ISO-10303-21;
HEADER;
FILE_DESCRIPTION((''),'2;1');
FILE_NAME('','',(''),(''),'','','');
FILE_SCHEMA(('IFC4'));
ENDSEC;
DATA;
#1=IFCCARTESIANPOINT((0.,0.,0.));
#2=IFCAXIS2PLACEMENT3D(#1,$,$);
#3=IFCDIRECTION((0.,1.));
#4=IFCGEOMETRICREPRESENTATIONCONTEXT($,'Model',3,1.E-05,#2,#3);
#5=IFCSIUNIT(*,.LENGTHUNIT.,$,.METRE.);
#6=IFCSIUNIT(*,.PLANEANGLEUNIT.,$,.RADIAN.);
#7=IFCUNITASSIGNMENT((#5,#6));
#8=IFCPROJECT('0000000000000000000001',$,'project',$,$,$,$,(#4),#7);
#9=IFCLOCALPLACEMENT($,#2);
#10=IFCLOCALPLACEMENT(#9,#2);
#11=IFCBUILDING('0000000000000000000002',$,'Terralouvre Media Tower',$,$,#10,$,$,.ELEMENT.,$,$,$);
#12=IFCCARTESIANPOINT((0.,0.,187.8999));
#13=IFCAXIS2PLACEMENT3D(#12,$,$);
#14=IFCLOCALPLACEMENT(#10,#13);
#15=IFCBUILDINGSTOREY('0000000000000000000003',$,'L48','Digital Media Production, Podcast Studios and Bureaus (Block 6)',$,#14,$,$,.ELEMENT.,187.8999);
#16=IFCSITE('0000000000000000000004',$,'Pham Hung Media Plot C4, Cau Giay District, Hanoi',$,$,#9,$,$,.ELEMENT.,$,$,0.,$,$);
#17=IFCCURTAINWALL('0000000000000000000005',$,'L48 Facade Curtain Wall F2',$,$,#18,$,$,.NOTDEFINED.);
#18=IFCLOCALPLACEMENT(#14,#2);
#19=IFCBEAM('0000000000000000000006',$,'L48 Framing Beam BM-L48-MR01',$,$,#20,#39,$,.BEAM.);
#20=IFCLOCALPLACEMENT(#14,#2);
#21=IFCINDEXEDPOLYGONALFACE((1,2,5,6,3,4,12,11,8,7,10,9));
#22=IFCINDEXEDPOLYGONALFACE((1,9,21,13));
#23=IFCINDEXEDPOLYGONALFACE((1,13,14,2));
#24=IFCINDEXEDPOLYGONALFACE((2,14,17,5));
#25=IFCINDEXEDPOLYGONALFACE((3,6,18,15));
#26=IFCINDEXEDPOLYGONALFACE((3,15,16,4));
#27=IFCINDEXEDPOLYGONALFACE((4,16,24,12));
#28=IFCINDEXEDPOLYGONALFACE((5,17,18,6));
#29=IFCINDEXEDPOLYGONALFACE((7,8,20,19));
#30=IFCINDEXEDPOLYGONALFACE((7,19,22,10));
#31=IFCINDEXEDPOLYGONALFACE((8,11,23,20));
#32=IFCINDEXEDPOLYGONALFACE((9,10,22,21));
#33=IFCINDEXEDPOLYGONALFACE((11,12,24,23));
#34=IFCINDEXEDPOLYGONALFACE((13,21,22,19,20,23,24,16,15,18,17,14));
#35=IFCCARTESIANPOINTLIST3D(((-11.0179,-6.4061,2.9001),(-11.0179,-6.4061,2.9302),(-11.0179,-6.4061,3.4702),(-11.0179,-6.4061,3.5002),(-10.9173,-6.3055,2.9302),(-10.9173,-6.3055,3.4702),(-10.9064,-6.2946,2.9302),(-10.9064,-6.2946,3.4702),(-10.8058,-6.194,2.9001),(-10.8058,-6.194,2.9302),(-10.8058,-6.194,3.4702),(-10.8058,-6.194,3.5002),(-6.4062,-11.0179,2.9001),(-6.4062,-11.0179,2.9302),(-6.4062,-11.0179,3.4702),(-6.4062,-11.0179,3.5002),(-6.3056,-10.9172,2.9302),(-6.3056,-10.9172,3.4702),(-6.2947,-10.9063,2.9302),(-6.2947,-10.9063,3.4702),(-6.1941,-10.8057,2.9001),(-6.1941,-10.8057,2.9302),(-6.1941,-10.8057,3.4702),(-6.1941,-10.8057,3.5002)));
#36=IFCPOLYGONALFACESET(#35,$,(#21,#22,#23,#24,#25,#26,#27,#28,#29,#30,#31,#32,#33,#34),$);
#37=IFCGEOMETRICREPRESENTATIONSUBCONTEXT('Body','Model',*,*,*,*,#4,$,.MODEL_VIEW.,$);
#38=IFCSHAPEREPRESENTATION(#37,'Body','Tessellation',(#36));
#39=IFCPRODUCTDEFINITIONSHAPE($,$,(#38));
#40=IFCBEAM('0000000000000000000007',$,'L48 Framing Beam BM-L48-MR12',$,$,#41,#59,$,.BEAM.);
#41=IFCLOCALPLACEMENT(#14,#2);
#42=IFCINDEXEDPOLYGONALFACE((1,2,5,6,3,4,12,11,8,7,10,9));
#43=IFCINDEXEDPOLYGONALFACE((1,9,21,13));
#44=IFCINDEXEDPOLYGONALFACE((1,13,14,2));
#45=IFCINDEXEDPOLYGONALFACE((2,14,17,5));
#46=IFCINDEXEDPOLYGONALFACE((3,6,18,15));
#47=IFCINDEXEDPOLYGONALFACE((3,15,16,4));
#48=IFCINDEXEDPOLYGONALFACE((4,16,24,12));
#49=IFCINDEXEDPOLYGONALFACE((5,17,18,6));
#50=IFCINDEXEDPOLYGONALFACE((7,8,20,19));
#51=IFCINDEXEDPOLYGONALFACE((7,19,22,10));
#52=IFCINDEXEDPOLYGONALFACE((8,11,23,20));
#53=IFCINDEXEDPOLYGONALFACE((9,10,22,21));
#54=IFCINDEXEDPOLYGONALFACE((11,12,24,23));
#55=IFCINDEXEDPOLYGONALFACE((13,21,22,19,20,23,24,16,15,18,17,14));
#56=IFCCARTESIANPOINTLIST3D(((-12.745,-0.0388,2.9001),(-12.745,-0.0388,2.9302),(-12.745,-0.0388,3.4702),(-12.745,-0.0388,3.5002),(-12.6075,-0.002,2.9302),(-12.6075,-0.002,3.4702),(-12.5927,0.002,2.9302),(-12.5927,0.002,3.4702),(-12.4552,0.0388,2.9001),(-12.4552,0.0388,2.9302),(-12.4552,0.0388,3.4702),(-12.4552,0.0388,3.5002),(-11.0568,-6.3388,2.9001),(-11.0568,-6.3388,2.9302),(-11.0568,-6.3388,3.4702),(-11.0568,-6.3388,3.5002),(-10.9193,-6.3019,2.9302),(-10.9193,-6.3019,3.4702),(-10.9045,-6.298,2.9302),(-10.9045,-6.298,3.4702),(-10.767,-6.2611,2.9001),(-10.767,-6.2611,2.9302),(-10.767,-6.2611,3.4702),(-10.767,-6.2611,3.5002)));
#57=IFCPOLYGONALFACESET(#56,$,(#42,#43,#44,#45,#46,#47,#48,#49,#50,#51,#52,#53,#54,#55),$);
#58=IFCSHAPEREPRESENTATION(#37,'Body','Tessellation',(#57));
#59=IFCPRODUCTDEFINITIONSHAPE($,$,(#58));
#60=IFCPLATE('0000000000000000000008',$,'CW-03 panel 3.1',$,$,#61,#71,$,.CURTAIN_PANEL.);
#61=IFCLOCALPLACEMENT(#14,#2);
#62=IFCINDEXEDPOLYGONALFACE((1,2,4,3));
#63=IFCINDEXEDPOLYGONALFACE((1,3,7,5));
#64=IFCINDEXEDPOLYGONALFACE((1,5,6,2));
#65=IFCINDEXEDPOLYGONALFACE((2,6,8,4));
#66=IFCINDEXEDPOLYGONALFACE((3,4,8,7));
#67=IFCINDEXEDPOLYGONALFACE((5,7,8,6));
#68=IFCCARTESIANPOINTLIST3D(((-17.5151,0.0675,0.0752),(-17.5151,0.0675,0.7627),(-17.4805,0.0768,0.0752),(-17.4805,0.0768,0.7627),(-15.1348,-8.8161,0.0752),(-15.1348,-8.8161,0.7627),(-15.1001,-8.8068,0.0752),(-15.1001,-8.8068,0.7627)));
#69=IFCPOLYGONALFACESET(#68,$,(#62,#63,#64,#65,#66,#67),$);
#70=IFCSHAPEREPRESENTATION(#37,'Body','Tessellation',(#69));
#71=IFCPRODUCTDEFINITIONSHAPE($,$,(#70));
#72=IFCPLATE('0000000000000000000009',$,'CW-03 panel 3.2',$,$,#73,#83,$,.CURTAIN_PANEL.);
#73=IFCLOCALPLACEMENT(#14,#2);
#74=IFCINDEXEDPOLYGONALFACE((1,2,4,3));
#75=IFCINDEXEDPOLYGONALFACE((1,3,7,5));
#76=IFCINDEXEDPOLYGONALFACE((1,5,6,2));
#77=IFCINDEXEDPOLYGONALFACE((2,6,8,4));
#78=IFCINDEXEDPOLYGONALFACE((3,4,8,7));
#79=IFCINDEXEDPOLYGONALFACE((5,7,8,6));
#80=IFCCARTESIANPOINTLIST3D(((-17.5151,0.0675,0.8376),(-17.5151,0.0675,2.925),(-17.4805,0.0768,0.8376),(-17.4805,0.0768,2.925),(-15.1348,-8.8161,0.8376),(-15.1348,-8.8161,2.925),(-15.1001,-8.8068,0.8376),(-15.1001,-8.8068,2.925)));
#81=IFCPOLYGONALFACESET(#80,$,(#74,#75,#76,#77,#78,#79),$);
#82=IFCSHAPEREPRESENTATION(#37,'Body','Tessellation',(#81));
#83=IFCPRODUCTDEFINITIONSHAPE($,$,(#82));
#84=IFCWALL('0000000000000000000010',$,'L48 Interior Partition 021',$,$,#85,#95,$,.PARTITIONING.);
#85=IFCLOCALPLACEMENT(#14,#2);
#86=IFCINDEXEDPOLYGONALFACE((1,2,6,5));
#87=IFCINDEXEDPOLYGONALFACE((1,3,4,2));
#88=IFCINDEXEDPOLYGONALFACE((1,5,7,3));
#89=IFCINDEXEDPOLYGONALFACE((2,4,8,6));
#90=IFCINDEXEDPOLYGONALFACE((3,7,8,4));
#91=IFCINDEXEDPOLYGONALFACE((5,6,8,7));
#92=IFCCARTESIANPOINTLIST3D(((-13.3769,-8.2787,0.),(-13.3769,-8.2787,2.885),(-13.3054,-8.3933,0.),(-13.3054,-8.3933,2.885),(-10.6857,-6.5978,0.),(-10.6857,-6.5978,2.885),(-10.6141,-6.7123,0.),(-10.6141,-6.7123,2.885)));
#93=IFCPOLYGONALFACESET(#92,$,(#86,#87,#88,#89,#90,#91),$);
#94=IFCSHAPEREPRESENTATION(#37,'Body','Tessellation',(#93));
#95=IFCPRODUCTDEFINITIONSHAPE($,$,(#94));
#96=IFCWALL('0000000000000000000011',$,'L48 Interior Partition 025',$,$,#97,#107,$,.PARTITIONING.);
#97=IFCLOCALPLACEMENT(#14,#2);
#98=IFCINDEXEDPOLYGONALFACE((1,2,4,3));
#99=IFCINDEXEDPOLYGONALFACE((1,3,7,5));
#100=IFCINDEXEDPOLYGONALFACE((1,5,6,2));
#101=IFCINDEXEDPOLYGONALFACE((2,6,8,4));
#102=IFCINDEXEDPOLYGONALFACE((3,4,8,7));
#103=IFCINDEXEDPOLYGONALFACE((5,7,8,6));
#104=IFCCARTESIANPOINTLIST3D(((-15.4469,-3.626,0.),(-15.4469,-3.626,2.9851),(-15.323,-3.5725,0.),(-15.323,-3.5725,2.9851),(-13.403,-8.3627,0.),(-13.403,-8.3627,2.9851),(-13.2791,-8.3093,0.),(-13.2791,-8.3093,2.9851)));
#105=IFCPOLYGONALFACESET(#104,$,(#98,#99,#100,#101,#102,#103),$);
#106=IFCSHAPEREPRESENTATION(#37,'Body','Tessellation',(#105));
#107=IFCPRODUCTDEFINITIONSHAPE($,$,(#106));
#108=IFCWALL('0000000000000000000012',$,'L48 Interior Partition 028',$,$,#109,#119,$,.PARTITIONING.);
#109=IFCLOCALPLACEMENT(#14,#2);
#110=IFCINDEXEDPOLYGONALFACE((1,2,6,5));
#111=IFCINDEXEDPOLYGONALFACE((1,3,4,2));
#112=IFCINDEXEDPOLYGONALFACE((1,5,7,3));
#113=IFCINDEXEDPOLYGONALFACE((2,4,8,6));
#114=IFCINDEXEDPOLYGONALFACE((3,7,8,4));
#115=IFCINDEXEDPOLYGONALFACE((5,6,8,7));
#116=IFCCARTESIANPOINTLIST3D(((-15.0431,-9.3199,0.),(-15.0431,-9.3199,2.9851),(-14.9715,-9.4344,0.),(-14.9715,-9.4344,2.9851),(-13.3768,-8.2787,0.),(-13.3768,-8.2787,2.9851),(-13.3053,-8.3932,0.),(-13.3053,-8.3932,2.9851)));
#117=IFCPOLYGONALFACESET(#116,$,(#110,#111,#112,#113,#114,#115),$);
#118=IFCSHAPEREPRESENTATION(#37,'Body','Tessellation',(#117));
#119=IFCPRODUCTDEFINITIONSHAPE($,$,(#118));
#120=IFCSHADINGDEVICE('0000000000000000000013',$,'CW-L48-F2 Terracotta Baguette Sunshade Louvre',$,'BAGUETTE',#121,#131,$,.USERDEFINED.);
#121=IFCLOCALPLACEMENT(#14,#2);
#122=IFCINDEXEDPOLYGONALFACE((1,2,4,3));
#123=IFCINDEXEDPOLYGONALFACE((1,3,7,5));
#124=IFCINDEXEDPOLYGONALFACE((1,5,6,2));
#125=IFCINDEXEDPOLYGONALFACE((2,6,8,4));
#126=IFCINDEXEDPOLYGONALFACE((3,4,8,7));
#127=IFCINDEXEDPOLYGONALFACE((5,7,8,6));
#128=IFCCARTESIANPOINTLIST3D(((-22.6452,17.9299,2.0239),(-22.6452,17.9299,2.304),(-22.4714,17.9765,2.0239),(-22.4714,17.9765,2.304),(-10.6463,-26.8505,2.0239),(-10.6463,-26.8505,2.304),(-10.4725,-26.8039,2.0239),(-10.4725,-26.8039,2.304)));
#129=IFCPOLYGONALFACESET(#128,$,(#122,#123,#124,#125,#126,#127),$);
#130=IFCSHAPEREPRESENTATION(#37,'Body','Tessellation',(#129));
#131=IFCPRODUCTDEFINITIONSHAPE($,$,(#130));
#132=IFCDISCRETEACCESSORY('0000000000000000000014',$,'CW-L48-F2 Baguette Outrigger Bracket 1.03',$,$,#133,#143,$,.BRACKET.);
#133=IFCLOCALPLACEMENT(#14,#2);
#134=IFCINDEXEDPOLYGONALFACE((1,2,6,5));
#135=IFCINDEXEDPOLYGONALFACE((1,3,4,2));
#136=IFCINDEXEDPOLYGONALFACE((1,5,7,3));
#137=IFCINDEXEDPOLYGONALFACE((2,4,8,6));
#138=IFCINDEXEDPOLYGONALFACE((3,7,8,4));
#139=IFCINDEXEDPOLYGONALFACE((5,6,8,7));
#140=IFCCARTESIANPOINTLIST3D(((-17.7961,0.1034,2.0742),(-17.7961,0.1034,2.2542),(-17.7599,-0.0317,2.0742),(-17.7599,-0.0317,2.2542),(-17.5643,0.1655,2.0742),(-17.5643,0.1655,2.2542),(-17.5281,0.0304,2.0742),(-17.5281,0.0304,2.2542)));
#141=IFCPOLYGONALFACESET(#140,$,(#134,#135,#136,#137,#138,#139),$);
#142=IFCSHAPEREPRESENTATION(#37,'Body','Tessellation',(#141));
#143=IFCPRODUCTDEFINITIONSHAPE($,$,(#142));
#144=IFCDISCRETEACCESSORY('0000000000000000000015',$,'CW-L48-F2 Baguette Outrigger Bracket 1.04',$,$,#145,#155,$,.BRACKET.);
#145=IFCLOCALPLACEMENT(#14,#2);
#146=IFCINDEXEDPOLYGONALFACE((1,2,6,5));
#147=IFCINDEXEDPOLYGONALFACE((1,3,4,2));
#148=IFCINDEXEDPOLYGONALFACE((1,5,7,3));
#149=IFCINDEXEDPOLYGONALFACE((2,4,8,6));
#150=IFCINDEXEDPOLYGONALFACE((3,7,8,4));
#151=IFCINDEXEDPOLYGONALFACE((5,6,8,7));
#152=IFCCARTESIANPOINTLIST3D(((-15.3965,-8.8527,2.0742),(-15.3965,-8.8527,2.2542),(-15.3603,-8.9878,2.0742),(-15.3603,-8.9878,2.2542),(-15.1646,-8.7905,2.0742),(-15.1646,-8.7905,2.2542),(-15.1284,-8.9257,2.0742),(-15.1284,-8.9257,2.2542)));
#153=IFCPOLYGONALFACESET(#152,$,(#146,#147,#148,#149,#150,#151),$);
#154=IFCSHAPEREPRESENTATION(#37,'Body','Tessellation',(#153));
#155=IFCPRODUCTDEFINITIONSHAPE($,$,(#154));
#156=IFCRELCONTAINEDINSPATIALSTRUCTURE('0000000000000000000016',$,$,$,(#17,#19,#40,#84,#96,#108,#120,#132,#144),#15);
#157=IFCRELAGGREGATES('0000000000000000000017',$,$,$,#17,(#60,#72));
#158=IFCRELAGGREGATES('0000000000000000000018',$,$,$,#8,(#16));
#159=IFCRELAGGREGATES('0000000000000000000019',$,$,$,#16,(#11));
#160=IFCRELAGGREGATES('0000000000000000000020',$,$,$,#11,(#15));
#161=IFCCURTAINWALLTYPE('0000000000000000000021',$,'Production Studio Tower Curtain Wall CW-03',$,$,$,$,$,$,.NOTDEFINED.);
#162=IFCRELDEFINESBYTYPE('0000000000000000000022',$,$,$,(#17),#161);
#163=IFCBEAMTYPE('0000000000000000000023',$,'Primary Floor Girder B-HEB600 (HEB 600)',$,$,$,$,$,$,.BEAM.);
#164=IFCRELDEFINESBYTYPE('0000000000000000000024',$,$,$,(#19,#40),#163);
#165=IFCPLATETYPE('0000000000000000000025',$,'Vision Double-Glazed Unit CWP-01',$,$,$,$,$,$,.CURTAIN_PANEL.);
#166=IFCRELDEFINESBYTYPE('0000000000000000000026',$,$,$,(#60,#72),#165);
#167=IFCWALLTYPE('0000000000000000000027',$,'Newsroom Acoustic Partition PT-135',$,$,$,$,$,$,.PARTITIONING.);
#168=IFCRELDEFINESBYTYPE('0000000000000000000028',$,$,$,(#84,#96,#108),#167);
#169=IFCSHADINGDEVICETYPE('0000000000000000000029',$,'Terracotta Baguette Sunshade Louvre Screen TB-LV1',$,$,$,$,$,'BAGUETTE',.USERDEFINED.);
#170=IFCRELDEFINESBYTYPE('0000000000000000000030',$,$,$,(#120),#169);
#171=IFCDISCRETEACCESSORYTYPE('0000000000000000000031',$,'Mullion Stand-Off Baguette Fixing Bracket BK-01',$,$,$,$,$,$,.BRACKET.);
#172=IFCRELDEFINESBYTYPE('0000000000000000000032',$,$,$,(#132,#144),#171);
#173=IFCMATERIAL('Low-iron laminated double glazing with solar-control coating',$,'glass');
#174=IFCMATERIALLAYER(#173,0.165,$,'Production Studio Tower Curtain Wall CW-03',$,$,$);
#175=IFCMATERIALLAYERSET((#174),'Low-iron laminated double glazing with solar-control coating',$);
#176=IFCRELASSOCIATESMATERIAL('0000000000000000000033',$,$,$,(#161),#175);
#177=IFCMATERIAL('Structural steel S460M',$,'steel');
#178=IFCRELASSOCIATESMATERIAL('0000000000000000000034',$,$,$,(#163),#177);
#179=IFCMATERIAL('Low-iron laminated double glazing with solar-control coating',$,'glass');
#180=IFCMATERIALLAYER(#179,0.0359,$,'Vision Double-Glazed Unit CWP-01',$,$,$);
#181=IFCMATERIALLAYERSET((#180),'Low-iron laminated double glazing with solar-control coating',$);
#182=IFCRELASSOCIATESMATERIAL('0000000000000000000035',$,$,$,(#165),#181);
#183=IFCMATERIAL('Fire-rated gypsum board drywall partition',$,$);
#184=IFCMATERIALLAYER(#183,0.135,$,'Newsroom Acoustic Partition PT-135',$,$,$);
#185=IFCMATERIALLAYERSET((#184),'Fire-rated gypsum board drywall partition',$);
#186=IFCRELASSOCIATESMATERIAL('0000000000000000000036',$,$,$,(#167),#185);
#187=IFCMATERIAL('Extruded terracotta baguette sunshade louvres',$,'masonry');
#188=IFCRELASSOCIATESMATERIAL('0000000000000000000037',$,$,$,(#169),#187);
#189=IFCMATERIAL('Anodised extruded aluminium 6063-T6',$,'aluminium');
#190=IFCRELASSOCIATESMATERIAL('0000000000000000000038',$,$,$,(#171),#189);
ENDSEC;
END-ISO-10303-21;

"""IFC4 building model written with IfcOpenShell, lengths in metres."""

from ifc_helpers import new_model, si_unit, direction, frame, frame_2d, origin, origin_2d, place, context, subcontext, project, spatial, rectangle, i_section, extrude, material, layer, layer_set, material_profile, profile_set, type_object, element, aggregate, save


model = new_model("IFC4")

# Units and contexts
model_context = context("Model", 3, precision=1e-05, world=origin(), true_north=direction((0.0, 1.0)))
body_context = subcontext(model_context, "Body", "Model", "MODEL_VIEW")
ifc_project = project(units=[si_unit("LENGTHUNIT", "METRE"), si_unit("PLANEANGLEUNIT", "RADIAN")], contexts=[model_context])

# Site, building, storey
site_placement = place(None, origin())
site = spatial("IfcSite", under=ifc_project, at=site_placement, Name="Pham Hung Media Plot C4, Cau Giay District, Hanoi", CompositionType="ELEMENT", RefElevation=0.0)
building_placement = place(site_placement, origin())
building = spatial("IfcBuilding", under=site, at=building_placement, Name="Terralouvre Media Tower", CompositionType="ELEMENT")
storey_placement = place(building_placement, frame((0.0, 0.0, 187.8999)))
storey = spatial("IfcBuildingStorey", under=building, at=storey_placement, Name="L48", Description="Digital Media Production, Podcast Studios and Bureaus (Block 6)", CompositionType="ELEMENT", Elevation=187.8999)

# Curtain wall
ifc_material_1 = material(Name="Low-iron laminated double glazing with solar-control coating", Category="glass")
ifc_layer_1 = layer(ifc_material_1, 0.165, Name="Production Studio Tower Curtain Wall CW-03")
ifc_layer_set_1 = layer_set([ifc_layer_1], Name="Low-iron laminated double glazing with solar-control coating")
curtain_wall_type = type_object("IfcCurtainWallType", Name="Production Studio Tower Curtain Wall CW-03", PredefinedType="NOTDEFINED", material=ifc_layer_set_1)
curtain_wall_placement = place(storey_placement, origin())
curtain_wall = element("IfcCurtainWall", 1, at=curtain_wall_placement, inside=storey, type_object=curtain_wall_type, Name="L48 Facade Curtain Wall F2", PredefinedType="NOTDEFINED")

# Beams
ifc_material_2 = material(Name="Structural steel S460M", Category="steel")
ifc_material_profile_1 = material_profile(ifc_material_2, i_section(OverallWidth=0.3, OverallDepth=0.6001, WebThickness=0.0154, FlangeThickness=0.03, at=origin_2d()), Name="HEB 600")
ifc_profile_set_1 = profile_set([ifc_material_profile_1], Name="Structural steel S460M")
beam_type_1 = type_object("IfcBeamType", Name="Primary Floor Girder B-HEB600 (HEB 600)", PredefinedType="BEAM", material=ifc_profile_set_1)
beam_1_placement = place(storey_placement, frame((-10.9119, -6.3, 3.2002), z_axis=(0.707107, -0.707107, 0.0), x_axis=(0.707107, 0.707107, 0.0)))
element("IfcBeam", 2, at=beam_1_placement, inside=storey, type_object=beam_type_1, Name="L48 Framing Beam BM-L48-MR01", PredefinedType="BEAM", context=body_context, shape_type="SweptSolid", body=[
    extrude(i_section(OverallWidth=0.3, OverallDepth=0.6001, WebThickness=0.0154, FlangeThickness=0.03, at=origin_2d()), origin(), (0.0, 0.0, 1.0), 6.522),
])
beam_2_placement = place(storey_placement, frame((-12.6001, 0.0, 3.2002), z_axis=(0.258839, -0.96592, 0.0), x_axis=(0.96592, 0.258839, 0.0)))
element("IfcBeam", 3, at=beam_2_placement, inside=storey, type_object=beam_type_1, Name="L48 Framing Beam BM-L48-MR12", PredefinedType="BEAM", context=body_context, shape_type="SweptSolid", body=[
    extrude(i_section(OverallWidth=0.3, OverallDepth=0.6001, WebThickness=0.0154, FlangeThickness=0.03, at=origin_2d()), origin(), (0.0, 0.0, 1.0), 6.5222),
])

# Plates
ifc_material_3 = material(Name="Low-iron laminated double glazing with solar-control coating", Category="glass")
ifc_layer_2 = layer(ifc_material_3, 0.0359, Name="Vision Double-Glazed Unit CWP-01")
ifc_layer_set_2 = layer_set([ifc_layer_2], Name="Low-iron laminated double glazing with solar-control coating")
plate_type = type_object("IfcPlateType", Name="Vision Double-Glazed Unit CWP-01", PredefinedType="CURTAIN_PANEL", material=ifc_layer_set_2)
plate_1_placement = place(storey_placement, frame((-16.3076, -4.3696, 0.0752), z_axis=(0.0, 0.0, 1.0), x_axis=(0.258819, -0.965926, 0.0)))
plate_1 = element("IfcPlate", 4, at=plate_1_placement, type_object=plate_type, Name="CW-03 panel 3.1", PredefinedType="CURTAIN_PANEL", context=body_context, shape_type="SweptSolid", body=[
    extrude(rectangle(XDim=9.197, YDim=0.0359, at=origin_2d()), origin(), (0.0, 0.0, 1.0), 0.6875),
])
plate_2_placement = place(storey_placement, frame((-16.3076, -4.3696, 0.8376), z_axis=(0.0, 0.0, 1.0), x_axis=(0.258819, -0.965926, 0.0)))
plate_2 = element("IfcPlate", 5, at=plate_2_placement, type_object=plate_type, Name="CW-03 panel 3.2", PredefinedType="CURTAIN_PANEL", context=body_context, shape_type="SweptSolid", body=[
    extrude(rectangle(XDim=9.197, YDim=0.0359, at=origin_2d()), origin(), (0.0, 0.0, 1.0), 2.0874),
])
aggregate(curtain_wall, [plate_1, plate_2])

# Walls
ifc_material_4 = material(Name="Fire-rated gypsum board drywall partition")
ifc_layer_3 = layer(ifc_material_4, 0.135, Name="Newsroom Acoustic Partition PT-135")
ifc_layer_set_3 = layer_set([ifc_layer_3], Name="Fire-rated gypsum board drywall partition")
wall_type = type_object("IfcWallType", Name="Newsroom Acoustic Partition PT-135", PredefinedType="PARTITIONING", material=ifc_layer_set_3)
wall_1_placement = place(storey_placement, frame((-13.3411, -8.3359, 0.0), z_axis=(0.0, 0.0, 1.0), x_axis=(0.84815, 0.529757, 0.0)))
element("IfcWall", 6, at=wall_1_placement, inside=storey, type_object=wall_type, Name="L48 Interior Partition 021", PredefinedType="PARTITIONING", context=body_context, shape_type="SweptSolid", body=[
    extrude(rectangle(XDim=3.1731, YDim=0.135, at=frame_2d((1.5864, 0.0))), origin(), (0.0, 0.0, 1.0), 2.885),
])
wall_2_placement = place(storey_placement, frame((-15.385, -3.5991, 0.0), z_axis=(0.0, 0.0, 1.0), x_axis=(0.396191, -0.918168, 0.0)))
element("IfcWall", 7, at=wall_2_placement, inside=storey, type_object=wall_type, Name="L48 Interior Partition 025", PredefinedType="PARTITIONING", context=body_context, shape_type="SweptSolid", body=[
    extrude(rectangle(XDim=5.1589, YDim=0.135, at=frame_2d((2.5796, 0.0))), origin(), (0.0, 0.0, 1.0), 2.9851),
])
wall_3_placement = place(storey_placement, frame((-13.3411, -8.3359, 0.0), z_axis=(0.0, 0.0, 1.0), x_axis=(-0.848033, -0.529943, 0.0)))
element("IfcWall", 8, at=wall_3_placement, inside=storey, type_object=wall_type, Name="L48 Interior Partition 028", PredefinedType="PARTITIONING", context=body_context, shape_type="SweptSolid", body=[
    extrude(rectangle(XDim=1.9648, YDim=0.135, at=frame_2d((0.9824, 0.0))), origin(), (0.0, 0.0, 1.0), 2.9851),
])

# Shading device
ifc_material_5 = material(Name="Extruded terracotta baguette sunshade louvres", Category="masonry")
shading_device_type = type_object("IfcShadingDeviceType", Name="Terracotta Baguette Sunshade Louvre Screen TB-LV1", ElementType="BAGUETTE", PredefinedType="USERDEFINED", material=ifc_material_5)
shading_device_placement = place(storey_placement, frame((-16.5588, -4.437, 2.0239), z_axis=(0.0, 0.0, 1.0), x_axis=(0.258819, -0.965926, 0.0)))
element("IfcShadingDevice", 9, at=shading_device_placement, inside=storey, type_object=shading_device_type, Name="CW-L48-F2 Terracotta Baguette Sunshade Louvre", ObjectType="BAGUETTE", PredefinedType="USERDEFINED", context=body_context, shape_type="SweptSolid", body=[
    extrude(rectangle(XDim=46.3601, YDim=0.1799, at=origin_2d()), origin(), (0.0, 0.0, 1.0), 0.28),
])

# Discrete accessories
ifc_material_6 = material(Name="Anodised extruded aluminium 6063-T6", Category="aluminium")
discrete_accessory_type = type_object("IfcDiscreteAccessoryType", Name="Mullion Stand-Off Baguette Fixing Bracket BK-01", PredefinedType="BRACKET", material=ifc_material_6)
for number, where, z_axis, x_axis, name in (
    (10, (-17.6621, 0.0669, 2.0742), (0.0, 0.0, 1.0), (0.258819, -0.965926, 0.0), "CW-L48-F2 Baguette Outrigger Bracket 1.03"),
    (11, (-15.2625, -8.8892, 2.0742), (0.0, 0.0, 1.0), (0.258819, -0.965926, 0.0), "CW-L48-F2 Baguette Outrigger Bracket 1.04"),
):
    element("IfcDiscreteAccessory", number, at=place(storey_placement, frame(where, z_axis=z_axis, x_axis=x_axis)), inside=storey, type_object=discrete_accessory_type, Name=name, PredefinedType="BRACKET", context=body_context, shape_type="SweptSolid", body=[
        extrude(rectangle(XDim=0.1399, YDim=0.24, at=origin_2d()), origin(), (0.0, 0.0, 1.0), 0.1799),
    ])

save(model, "model.ifc")
